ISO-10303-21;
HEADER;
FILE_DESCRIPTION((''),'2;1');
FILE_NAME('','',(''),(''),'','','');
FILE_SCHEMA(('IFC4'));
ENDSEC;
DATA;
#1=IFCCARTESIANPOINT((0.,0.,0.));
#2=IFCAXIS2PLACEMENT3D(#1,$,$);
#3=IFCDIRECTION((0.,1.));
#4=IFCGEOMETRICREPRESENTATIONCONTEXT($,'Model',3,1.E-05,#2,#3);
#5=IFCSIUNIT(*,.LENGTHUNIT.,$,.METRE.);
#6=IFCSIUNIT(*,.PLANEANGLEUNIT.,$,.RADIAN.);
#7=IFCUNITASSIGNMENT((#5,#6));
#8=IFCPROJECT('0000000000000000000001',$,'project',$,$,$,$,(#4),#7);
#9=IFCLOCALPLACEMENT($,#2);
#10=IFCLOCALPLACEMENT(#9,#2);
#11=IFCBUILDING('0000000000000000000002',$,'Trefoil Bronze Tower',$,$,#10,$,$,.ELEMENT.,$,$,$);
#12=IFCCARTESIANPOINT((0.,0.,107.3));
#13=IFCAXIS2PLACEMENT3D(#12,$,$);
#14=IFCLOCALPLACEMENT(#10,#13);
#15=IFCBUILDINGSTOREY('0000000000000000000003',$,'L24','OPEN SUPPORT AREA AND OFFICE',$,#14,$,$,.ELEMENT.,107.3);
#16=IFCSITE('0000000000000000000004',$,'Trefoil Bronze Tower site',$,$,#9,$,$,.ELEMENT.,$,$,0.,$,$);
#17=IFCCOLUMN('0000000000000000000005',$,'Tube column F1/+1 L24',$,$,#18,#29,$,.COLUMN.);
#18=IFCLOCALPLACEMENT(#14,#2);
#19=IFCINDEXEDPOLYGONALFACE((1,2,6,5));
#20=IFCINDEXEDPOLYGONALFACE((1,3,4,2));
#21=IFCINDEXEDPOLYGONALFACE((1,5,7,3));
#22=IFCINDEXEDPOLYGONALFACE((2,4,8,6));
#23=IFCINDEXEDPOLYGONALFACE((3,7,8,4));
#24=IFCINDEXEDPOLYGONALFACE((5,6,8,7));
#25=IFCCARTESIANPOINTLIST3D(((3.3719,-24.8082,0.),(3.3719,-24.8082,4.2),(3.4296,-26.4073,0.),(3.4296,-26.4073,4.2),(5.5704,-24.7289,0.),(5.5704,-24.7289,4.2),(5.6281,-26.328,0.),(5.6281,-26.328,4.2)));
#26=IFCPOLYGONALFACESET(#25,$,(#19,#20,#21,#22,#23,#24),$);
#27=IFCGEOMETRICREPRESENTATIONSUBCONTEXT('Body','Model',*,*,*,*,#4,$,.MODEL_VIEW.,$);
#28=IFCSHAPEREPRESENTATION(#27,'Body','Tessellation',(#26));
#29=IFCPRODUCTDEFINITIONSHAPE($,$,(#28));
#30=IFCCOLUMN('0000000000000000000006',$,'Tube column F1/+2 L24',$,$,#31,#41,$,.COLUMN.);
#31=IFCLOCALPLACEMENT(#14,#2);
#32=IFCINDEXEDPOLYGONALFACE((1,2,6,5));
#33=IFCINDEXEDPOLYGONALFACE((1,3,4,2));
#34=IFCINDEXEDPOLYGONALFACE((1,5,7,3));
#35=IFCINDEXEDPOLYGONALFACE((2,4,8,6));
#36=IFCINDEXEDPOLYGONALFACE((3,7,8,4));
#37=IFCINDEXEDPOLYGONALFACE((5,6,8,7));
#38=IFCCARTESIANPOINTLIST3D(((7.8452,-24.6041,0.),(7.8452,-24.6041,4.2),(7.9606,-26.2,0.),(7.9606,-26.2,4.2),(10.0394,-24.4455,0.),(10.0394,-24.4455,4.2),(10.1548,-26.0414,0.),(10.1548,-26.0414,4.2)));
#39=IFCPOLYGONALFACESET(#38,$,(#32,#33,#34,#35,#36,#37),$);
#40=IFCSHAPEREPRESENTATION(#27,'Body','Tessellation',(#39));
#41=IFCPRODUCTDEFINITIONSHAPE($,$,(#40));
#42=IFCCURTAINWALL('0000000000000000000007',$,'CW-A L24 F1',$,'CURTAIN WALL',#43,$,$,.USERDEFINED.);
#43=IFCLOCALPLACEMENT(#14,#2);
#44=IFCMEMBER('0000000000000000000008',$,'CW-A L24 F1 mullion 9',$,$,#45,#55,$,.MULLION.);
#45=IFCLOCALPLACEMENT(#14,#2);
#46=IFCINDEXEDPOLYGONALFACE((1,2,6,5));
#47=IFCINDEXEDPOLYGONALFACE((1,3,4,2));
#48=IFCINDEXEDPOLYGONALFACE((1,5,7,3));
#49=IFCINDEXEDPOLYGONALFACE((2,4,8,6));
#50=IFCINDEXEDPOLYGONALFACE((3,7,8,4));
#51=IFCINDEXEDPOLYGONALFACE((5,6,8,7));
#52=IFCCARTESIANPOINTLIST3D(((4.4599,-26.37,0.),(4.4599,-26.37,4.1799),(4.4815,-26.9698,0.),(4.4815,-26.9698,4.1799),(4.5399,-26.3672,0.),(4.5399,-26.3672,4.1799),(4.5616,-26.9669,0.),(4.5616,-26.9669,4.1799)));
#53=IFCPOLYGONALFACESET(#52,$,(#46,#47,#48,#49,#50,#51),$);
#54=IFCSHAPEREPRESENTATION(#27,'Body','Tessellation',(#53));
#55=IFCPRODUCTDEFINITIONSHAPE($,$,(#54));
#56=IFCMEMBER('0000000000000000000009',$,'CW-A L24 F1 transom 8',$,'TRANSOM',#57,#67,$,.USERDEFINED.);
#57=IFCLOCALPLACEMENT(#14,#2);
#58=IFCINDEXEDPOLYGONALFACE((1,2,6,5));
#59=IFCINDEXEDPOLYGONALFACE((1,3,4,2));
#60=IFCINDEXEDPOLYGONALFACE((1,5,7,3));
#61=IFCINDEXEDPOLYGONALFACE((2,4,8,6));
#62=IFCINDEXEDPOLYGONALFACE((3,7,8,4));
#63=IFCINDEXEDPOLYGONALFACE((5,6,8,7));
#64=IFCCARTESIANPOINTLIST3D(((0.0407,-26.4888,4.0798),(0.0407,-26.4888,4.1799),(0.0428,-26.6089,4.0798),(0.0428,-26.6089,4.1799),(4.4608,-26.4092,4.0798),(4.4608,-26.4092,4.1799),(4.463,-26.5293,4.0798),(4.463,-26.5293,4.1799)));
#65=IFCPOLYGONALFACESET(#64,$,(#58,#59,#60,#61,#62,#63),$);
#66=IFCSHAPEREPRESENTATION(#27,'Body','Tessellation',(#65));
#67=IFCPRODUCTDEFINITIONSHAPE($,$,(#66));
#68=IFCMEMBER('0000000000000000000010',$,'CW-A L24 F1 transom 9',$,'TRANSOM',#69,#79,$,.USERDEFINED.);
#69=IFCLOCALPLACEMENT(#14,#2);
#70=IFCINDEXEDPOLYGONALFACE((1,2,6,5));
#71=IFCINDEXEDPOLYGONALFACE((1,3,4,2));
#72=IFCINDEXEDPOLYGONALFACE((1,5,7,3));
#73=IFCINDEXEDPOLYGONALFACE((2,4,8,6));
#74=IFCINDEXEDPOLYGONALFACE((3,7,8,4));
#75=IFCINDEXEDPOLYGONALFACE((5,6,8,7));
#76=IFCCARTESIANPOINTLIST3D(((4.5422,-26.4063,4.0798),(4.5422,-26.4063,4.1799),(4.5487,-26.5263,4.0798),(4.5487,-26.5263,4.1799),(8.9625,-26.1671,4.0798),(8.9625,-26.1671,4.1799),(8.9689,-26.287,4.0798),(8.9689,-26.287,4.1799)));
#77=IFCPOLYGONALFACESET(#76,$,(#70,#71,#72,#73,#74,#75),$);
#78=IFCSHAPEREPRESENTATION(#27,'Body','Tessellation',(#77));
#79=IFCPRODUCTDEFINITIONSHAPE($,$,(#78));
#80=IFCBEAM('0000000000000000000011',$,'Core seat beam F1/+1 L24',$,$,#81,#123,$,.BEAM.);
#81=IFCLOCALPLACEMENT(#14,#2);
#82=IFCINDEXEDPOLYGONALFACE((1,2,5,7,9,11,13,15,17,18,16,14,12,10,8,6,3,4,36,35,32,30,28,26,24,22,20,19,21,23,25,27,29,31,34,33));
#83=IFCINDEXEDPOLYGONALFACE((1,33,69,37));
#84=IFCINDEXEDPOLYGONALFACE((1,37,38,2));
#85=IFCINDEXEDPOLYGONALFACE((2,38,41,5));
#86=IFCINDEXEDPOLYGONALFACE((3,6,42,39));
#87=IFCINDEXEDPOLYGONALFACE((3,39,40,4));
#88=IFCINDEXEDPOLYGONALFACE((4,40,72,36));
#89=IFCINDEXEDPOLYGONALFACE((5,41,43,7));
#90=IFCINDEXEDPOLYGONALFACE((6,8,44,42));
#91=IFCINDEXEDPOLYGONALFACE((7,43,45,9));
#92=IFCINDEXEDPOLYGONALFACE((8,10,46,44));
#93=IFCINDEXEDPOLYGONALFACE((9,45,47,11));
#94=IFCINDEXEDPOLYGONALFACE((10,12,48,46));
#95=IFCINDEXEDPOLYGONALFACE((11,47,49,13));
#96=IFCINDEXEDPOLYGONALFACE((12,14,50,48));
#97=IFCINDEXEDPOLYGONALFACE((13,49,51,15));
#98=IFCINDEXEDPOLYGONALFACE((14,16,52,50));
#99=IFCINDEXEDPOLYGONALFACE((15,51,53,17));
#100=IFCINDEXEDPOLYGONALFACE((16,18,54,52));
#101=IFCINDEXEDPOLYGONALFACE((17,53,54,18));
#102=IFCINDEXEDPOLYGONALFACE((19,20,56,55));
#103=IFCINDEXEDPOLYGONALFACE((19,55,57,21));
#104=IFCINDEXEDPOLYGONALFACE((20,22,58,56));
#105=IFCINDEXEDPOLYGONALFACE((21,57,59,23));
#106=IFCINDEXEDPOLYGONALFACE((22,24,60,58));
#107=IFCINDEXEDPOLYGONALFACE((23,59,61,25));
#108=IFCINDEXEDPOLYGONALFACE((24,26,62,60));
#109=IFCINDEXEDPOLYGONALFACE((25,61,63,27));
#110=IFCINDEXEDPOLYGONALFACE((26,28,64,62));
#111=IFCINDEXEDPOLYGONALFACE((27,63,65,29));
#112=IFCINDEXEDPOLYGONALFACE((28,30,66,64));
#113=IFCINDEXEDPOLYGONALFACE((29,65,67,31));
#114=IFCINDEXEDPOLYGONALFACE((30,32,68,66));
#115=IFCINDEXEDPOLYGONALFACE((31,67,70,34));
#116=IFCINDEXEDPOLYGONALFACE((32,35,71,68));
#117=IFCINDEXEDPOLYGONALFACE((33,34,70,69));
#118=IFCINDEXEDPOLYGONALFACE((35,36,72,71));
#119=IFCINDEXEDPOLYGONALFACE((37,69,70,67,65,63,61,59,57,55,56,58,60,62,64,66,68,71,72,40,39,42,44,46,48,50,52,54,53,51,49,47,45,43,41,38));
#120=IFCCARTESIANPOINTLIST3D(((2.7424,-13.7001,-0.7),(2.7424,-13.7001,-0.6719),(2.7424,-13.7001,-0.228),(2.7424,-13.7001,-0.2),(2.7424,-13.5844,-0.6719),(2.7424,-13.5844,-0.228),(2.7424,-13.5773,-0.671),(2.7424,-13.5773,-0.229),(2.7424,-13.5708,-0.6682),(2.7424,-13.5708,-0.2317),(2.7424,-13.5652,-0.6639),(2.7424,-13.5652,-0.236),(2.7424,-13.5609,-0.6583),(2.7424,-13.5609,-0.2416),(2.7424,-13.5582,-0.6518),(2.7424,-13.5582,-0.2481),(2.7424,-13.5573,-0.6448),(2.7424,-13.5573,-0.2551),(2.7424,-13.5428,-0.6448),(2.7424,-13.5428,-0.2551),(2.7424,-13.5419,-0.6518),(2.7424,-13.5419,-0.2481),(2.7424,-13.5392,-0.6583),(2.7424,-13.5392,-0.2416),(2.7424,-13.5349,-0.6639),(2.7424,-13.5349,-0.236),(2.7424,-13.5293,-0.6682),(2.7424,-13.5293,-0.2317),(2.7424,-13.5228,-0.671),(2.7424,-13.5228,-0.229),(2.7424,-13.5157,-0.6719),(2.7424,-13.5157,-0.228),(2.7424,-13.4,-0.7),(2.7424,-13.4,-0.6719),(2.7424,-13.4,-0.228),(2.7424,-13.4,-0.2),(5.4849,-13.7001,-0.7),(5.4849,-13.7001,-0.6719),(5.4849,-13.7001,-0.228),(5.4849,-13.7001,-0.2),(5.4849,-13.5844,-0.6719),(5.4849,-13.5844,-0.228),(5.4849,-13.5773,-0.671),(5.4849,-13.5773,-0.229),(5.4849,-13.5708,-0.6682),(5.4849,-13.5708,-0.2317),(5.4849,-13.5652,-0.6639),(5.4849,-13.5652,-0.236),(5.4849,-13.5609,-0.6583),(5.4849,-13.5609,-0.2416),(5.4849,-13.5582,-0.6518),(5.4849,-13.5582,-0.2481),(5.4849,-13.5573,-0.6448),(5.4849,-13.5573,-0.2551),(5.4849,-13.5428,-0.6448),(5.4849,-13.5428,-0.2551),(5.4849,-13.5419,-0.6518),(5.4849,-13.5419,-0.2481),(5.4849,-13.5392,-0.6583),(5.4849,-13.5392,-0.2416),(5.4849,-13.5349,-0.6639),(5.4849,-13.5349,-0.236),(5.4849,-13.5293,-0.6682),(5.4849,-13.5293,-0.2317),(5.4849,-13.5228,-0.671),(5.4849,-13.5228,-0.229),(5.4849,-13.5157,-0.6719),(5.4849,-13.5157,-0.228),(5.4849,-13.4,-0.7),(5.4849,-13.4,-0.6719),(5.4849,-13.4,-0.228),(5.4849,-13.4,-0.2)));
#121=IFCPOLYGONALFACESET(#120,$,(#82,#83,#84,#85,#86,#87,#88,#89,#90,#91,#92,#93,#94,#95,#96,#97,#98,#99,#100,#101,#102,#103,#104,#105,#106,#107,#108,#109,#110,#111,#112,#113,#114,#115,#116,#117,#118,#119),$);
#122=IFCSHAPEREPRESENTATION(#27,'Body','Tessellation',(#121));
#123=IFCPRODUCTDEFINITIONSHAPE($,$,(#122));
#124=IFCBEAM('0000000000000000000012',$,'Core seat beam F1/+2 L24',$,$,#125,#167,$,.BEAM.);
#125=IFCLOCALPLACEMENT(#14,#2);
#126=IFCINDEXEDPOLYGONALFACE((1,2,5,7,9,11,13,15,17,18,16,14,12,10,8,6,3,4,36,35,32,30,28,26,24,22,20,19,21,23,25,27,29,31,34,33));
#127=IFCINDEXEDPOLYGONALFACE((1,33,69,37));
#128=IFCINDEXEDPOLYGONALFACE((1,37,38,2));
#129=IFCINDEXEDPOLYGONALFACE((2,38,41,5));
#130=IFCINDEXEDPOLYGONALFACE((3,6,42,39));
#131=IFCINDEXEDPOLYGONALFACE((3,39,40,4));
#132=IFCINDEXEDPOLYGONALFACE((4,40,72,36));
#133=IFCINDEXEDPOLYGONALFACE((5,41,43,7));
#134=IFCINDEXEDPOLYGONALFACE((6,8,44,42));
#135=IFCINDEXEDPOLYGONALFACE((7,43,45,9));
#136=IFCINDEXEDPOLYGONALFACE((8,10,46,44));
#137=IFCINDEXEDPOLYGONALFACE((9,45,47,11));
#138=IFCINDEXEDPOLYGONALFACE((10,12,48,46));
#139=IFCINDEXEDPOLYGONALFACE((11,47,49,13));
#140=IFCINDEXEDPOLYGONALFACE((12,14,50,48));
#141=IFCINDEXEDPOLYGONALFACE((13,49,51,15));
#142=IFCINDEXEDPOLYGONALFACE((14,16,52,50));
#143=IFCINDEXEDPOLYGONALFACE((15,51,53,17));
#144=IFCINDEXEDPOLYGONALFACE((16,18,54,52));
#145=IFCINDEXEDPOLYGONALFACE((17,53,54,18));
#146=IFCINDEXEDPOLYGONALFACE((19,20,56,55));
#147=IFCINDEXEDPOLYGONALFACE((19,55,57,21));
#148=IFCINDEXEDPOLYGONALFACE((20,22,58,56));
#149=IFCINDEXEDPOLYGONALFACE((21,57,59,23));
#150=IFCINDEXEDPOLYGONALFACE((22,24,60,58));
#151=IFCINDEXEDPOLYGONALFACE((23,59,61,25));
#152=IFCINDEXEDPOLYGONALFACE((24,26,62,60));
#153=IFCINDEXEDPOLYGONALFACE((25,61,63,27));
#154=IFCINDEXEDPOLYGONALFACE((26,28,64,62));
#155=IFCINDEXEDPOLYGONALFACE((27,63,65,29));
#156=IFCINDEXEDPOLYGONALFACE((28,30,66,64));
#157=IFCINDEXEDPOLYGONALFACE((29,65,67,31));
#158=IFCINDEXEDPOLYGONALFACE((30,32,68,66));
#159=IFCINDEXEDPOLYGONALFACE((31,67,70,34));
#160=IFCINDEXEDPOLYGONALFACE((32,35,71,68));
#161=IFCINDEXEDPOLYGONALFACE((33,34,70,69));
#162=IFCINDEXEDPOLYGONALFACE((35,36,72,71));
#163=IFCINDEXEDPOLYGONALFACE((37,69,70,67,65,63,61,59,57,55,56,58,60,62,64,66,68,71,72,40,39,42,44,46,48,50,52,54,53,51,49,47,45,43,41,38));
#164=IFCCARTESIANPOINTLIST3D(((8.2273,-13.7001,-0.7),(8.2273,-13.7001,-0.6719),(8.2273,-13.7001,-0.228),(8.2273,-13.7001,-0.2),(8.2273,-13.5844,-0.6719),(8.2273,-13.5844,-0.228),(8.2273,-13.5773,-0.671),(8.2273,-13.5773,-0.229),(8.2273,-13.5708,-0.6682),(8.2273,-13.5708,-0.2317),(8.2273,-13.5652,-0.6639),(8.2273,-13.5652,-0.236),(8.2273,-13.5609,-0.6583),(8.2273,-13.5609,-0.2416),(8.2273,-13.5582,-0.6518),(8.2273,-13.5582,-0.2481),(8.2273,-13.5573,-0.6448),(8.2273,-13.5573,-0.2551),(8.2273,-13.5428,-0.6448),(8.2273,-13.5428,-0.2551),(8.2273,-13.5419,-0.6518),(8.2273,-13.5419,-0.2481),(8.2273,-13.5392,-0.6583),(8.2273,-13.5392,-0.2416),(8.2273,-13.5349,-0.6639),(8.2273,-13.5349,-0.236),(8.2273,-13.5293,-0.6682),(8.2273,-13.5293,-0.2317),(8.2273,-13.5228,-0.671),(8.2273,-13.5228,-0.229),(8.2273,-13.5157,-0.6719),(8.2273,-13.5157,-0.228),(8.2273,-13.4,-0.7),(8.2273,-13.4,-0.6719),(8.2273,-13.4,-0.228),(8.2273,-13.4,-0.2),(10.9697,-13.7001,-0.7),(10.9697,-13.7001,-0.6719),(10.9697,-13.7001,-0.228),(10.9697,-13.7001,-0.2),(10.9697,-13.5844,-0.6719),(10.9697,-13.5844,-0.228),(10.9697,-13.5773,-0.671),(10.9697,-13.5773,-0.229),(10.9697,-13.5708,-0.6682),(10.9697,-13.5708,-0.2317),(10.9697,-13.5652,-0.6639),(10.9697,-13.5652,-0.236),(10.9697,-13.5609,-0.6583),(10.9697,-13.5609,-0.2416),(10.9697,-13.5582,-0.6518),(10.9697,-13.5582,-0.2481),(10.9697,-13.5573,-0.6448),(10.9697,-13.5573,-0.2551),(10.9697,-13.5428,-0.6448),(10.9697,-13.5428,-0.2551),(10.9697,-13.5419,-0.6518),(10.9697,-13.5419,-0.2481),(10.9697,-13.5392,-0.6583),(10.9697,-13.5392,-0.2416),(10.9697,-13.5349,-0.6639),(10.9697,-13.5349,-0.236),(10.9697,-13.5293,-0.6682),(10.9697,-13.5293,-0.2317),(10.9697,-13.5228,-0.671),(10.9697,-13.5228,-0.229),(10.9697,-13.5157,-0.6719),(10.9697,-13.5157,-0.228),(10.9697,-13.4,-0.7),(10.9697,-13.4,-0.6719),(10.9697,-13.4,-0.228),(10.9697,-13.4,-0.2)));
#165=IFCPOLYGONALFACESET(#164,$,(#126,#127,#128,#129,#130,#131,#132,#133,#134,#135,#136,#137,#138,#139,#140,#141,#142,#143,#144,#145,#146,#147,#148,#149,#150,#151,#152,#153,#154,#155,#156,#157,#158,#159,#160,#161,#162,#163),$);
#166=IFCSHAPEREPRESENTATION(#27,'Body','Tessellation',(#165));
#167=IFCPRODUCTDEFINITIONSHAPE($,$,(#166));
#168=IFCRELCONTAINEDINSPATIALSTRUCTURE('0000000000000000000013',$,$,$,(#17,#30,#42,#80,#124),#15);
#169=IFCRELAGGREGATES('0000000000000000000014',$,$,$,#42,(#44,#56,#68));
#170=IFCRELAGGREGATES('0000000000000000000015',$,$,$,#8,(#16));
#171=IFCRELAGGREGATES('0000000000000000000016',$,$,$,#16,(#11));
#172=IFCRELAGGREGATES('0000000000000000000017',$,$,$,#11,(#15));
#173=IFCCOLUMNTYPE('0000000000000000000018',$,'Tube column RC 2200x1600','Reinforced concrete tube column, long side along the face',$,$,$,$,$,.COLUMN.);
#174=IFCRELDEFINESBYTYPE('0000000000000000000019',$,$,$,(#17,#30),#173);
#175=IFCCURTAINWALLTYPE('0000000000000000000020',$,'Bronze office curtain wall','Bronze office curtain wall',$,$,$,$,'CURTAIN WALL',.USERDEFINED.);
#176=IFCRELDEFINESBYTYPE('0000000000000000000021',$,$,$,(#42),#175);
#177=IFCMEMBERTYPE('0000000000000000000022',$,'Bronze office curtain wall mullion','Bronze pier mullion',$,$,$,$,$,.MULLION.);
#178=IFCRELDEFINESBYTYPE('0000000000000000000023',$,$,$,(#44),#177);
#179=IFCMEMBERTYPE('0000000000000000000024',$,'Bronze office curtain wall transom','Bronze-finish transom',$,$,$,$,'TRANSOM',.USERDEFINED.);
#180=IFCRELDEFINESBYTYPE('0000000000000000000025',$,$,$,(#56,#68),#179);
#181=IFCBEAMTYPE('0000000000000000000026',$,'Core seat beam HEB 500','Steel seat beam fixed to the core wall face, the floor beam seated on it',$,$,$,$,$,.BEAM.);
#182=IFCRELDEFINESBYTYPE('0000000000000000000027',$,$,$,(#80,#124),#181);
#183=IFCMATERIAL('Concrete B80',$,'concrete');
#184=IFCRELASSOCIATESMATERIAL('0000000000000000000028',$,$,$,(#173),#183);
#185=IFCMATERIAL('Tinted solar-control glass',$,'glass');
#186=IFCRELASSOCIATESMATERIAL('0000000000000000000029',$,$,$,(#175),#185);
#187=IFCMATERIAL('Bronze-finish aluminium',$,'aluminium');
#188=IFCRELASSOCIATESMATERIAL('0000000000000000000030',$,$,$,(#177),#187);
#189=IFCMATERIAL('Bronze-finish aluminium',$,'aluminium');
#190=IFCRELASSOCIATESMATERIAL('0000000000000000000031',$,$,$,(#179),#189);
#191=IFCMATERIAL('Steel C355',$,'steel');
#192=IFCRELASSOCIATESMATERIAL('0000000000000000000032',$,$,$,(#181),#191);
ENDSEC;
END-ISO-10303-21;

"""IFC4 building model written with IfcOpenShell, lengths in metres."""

from ifc_helpers import new_model, si_unit, direction, frame, origin, origin_2d, place, context, subcontext, project, spatial, rectangle, i_section, extrude, material, material_profile, profile_set, type_object, element, aggregate, save


model = new_model("IFC4")

# Units and contexts
model_context = context("Model", 3, precision=1e-05, world=origin(), true_north=direction((0.0, 1.0)))
body_context = subcontext(model_context, "Body", "Model", "MODEL_VIEW")
ifc_project = project(units=[si_unit("LENGTHUNIT", "METRE"), si_unit("PLANEANGLEUNIT", "RADIAN")], contexts=[model_context])

# Site, building, storey
site_placement = place(None, origin())
site = spatial("IfcSite", under=ifc_project, at=site_placement, Name="Trefoil Bronze Tower site", CompositionType="ELEMENT", RefElevation=0.0)
building_placement = place(site_placement, origin())
building = spatial("IfcBuilding", under=site, at=building_placement, Name="Trefoil Bronze Tower", CompositionType="ELEMENT")
storey_placement = place(building_placement, frame((0.0, 0.0, 107.3)))
storey = spatial("IfcBuildingStorey", under=building, at=storey_placement, Name="L24", Description="OPEN SUPPORT AREA AND OFFICE", CompositionType="ELEMENT", Elevation=107.3)

# Columns
ifc_material_1 = material(Name="Concrete B80", Category="concrete")
ifc_material_profile_1 = material_profile(ifc_material_1, rectangle(XDim=2.2, YDim=1.6001, at=origin_2d()), Name="RC 2200x1600")
ifc_profile_set_1 = profile_set([ifc_material_profile_1], Name="Concrete B80")
column_type = type_object("IfcColumnType", Name="Tube column RC 2200x1600", Description="Reinforced concrete tube column, long side along the face", PredefinedType="COLUMN", material=ifc_profile_set_1)
for number, where, z_axis, x_axis, name in (
    (1, (4.5, -25.5681, 0.0), (0.0, 0.0, 1.0), (0.99935, 0.036048, 0.0), "Tube column F1/+1 L24"),
    (2, (9.0, -25.3228, 0.0), (0.0, 0.0, 1.0), (0.997398, 0.072096, 0.0), "Tube column F1/+2 L24"),
):
    element("IfcColumn", number, at=place(storey_placement, frame(where, z_axis=z_axis, x_axis=x_axis)), inside=storey, type_object=column_type, Name=name, PredefinedType="COLUMN", context=body_context, shape_type="SweptSolid", body=[
        extrude(rectangle(XDim=2.2, YDim=1.6001, at=origin_2d()), origin(), (0.0, 0.0, 1.0), 4.2),
    ])

# Curtain wall, members
ifc_material_2 = material(Name="Tinted solar-control glass", Category="glass")
curtain_wall_type = type_object("IfcCurtainWallType", Name="Bronze office curtain wall", Description="Bronze office curtain wall", ElementType="CURTAIN WALL", PredefinedType="USERDEFINED", material=ifc_material_2)
curtain_wall_placement = place(storey_placement, origin())
curtain_wall = element("IfcCurtainWall", 3, at=curtain_wall_placement, inside=storey, type_object=curtain_wall_type, Name="CW-A L24 F1", ObjectType="CURTAIN WALL", PredefinedType="USERDEFINED")
ifc_material_3 = material(Name="Bronze-finish aluminium", Category="aluminium")
ifc_material_profile_2 = material_profile(ifc_material_3, rectangle(XDim=0.6001, YDim=0.0801, at=origin_2d()), Name="CW-A mullion")
ifc_profile_set_2 = profile_set([ifc_material_profile_2], Name="Bronze-finish aluminium")
member_type_1 = type_object("IfcMemberType", Name="Bronze office curtain wall mullion", Description="Bronze pier mullion", PredefinedType="MULLION", material=ifc_profile_set_2)
member_1_placement = place(storey_placement, frame((4.5107, -26.6685, 0.0), z_axis=(0.0, 0.0, 1.0), x_axis=(-0.036048, 0.99935, 0.0)))
member_1 = element("IfcMember", 4, at=member_1_placement, type_object=member_type_1, Name="CW-A L24 F1 mullion 9", PredefinedType="MULLION", context=body_context, shape_type="SweptSolid", body=[
    extrude(rectangle(XDim=0.6001, YDim=0.0801, at=origin_2d()), origin(), (0.0, 0.0, 1.0), 4.1799),
])
ifc_material_4 = material(Name="Bronze-finish aluminium", Category="aluminium")
ifc_material_profile_3 = material_profile(ifc_material_4, rectangle(XDim=0.1201, YDim=0.1001, at=origin_2d()), Name="CW-A transom")
ifc_profile_set_3 = profile_set([ifc_material_profile_3], Name="Bronze-finish aluminium")
member_type_2 = type_object("IfcMemberType", Name="Bronze office curtain wall transom", Description="Bronze-finish transom", ElementType="TRANSOM", PredefinedType="USERDEFINED", material=ifc_profile_set_3)
member_2_placement = place(storey_placement, frame((0.0417, -26.5488, 4.1299), z_axis=(0.999838, 0.018003, 0.0), x_axis=(-0.018003, 0.999838, 0.0)))
member_2 = element("IfcMember", 5, at=member_2_placement, type_object=member_type_2, Name="CW-A L24 F1 transom 8", ObjectType="TRANSOM", PredefinedType="USERDEFINED", context=body_context, shape_type="SweptSolid", body=[
    extrude(rectangle(XDim=0.1201, YDim=0.1001, at=origin_2d()), origin(), (0.0, 0.0, 1.0), 4.4209),
])
member_3_placement = place(storey_placement, frame((4.5454, -26.4663, 4.1299), z_axis=(0.998538, 0.05405, 0.0), x_axis=(-0.05405, 0.998538, 0.0)))
member_3 = element("IfcMember", 6, at=member_3_placement, type_object=member_type_2, Name="CW-A L24 F1 transom 9", ObjectType="TRANSOM", PredefinedType="USERDEFINED", context=body_context, shape_type="SweptSolid", body=[
    extrude(rectangle(XDim=0.1201, YDim=0.1001, at=origin_2d()), origin(), (0.0, 0.0, 1.0), 4.4268),
])

# Beams
ifc_material_5 = material(Name="Steel C355", Category="steel")
ifc_material_profile_4 = material_profile(ifc_material_5, i_section(OverallWidth=0.3, OverallDepth=0.5, WebThickness=0.0144, FlangeThickness=0.0281, FilletRadius=0.0271, at=origin_2d()), Name="HEB 500")
ifc_profile_set_4 = profile_set([ifc_material_profile_4], Name="Steel C355")
beam_type_1 = type_object("IfcBeamType", Name="Core seat beam HEB 500", Description="Steel seat beam fixed to the core wall face, the floor beam seated on it", PredefinedType="BEAM", material=ifc_profile_set_4)
for number, where, z_axis, x_axis, name in (
    (7, (2.7424, -13.55, -0.45), (1.0, 0.0, 0.0), (0.0, 1.0, 0.0), "Core seat beam F1/+1 L24"),
    (8, (8.2273, -13.55, -0.45), (1.0, 0.0, 0.0), (0.0, 1.0, 0.0), "Core seat beam F1/+2 L24"),
):
    element("IfcBeam", number, at=place(storey_placement, frame(where, z_axis=z_axis, x_axis=x_axis)), inside=storey, type_object=beam_type_1, Name=name, PredefinedType="BEAM", context=body_context, shape_type="SweptSolid", body=[
        extrude(i_section(OverallWidth=0.3, OverallDepth=0.5, WebThickness=0.0144, FlangeThickness=0.0281, FilletRadius=0.0271, at=origin_2d()), origin(), (0.0, 0.0, 1.0), 2.7424),
    ])

aggregate(curtain_wall, [member_1, member_2, member_3])

save(model, "model.ifc")
